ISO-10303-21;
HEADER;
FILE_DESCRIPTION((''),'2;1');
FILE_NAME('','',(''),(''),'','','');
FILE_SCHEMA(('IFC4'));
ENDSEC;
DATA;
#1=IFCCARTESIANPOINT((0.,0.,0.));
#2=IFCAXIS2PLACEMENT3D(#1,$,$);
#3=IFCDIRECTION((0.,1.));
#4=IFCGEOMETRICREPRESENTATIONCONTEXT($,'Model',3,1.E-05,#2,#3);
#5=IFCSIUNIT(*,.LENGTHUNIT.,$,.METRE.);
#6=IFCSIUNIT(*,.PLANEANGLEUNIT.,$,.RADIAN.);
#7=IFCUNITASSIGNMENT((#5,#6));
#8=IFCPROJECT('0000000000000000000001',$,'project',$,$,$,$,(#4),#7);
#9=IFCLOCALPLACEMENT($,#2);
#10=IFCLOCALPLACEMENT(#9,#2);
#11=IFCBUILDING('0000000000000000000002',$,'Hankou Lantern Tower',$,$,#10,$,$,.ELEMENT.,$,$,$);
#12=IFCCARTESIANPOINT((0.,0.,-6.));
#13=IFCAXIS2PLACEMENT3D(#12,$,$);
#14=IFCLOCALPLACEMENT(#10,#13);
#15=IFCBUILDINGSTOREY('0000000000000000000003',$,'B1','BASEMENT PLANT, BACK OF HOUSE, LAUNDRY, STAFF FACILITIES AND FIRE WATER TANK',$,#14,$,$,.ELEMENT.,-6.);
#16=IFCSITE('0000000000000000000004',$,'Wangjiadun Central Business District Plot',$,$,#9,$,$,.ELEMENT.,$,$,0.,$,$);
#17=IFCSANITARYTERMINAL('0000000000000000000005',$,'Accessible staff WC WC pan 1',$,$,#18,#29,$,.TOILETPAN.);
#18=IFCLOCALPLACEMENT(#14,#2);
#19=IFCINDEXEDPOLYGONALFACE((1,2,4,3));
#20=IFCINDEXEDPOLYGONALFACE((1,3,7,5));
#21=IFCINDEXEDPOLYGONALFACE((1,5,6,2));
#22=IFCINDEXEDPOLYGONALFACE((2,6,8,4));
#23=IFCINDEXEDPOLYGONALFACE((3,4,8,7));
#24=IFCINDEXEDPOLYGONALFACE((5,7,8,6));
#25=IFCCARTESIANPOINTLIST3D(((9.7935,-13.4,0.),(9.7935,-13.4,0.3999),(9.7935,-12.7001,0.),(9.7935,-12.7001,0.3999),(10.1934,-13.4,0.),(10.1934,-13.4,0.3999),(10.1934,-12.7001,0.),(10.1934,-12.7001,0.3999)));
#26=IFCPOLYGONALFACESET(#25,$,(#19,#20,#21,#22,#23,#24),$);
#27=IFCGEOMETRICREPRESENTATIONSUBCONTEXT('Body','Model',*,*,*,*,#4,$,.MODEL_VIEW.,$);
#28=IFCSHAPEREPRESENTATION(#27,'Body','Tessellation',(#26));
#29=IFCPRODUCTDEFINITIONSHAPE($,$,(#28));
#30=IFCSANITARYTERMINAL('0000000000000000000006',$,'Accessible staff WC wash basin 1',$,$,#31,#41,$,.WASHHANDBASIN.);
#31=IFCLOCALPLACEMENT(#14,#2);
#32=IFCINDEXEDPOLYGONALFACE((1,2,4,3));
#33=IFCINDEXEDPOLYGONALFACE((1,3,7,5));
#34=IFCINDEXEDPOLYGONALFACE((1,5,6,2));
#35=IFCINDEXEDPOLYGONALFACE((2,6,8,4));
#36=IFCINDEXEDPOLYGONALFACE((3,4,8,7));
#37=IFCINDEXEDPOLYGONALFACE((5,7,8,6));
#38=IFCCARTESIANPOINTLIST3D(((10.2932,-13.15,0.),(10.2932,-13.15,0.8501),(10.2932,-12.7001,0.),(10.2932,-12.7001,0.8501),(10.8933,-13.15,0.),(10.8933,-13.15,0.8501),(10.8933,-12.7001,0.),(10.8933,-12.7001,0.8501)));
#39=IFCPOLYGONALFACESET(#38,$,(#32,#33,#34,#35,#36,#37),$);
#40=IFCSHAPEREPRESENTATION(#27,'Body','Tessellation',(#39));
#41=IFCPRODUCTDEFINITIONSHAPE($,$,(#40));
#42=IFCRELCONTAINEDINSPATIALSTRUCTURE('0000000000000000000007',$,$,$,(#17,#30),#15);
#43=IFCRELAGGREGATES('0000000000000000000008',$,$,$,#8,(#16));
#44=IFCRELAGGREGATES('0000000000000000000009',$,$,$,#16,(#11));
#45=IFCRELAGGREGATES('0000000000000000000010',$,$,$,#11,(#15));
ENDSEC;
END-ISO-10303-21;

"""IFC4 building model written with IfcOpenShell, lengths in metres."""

from ifc_helpers import new_model, si_unit, direction, frame, origin, origin_2d, place, context, subcontext, project, spatial, rectangle, extrude, element, save


model = new_model("IFC4")

# Units and contexts
model_context = context("Model", 3, precision=1e-05, world=origin(), true_north=direction((0.0, 1.0)))
body_context = subcontext(model_context, "Body", "Model", "MODEL_VIEW")
ifc_project = project(units=[si_unit("LENGTHUNIT", "METRE"), si_unit("PLANEANGLEUNIT", "RADIAN")], contexts=[model_context])

# Site, building, storey
site_placement = place(None, origin())
site = spatial("IfcSite", under=ifc_project, at=site_placement, Name="Wangjiadun Central Business District Plot", CompositionType="ELEMENT", RefElevation=0.0)
building_placement = place(site_placement, origin())
building = spatial("IfcBuilding", under=site, at=building_placement, Name="Hankou Lantern Tower", CompositionType="ELEMENT")
storey_placement = place(building_placement, frame((0.0, 0.0, -6.0)))
storey = spatial("IfcBuildingStorey", under=building, at=storey_placement, Name="B1", Description="BASEMENT PLANT, BACK OF HOUSE, LAUNDRY, STAFF FACILITIES AND FIRE WATER TANK", CompositionType="ELEMENT", Elevation=-6.0)

# Sanitary terminals
sanitary_terminal_1_placement = place(storey_placement, frame((9.9934, -13.05, 0.0), z_axis=(0.0, 0.0, 1.0), x_axis=(1.0, 0.0, 0.0)))
element("IfcSanitaryTerminal", 1, at=sanitary_terminal_1_placement, inside=storey, Name="Accessible staff WC WC pan 1", PredefinedType="TOILETPAN", context=body_context, shape_type="SweptSolid", body=[
    extrude(rectangle(XDim=0.3999, YDim=0.7, at=origin_2d()), origin(), (0.0, 0.0, 1.0), 0.3999),
])
sanitary_terminal_2_placement = place(storey_placement, frame((10.5933, -12.925, 0.0), z_axis=(0.0, 0.0, 1.0), x_axis=(1.0, 0.0, 0.0)))
element("IfcSanitaryTerminal", 2, at=sanitary_terminal_2_placement, inside=storey, Name="Accessible staff WC wash basin 1", PredefinedType="WASHHANDBASIN", context=body_context, shape_type="SweptSolid", body=[
    extrude(rectangle(XDim=0.6001, YDim=0.45, at=origin_2d()), origin(), (0.0, 0.0, 1.0), 0.8501),
])

save(model, "model.ifc")
